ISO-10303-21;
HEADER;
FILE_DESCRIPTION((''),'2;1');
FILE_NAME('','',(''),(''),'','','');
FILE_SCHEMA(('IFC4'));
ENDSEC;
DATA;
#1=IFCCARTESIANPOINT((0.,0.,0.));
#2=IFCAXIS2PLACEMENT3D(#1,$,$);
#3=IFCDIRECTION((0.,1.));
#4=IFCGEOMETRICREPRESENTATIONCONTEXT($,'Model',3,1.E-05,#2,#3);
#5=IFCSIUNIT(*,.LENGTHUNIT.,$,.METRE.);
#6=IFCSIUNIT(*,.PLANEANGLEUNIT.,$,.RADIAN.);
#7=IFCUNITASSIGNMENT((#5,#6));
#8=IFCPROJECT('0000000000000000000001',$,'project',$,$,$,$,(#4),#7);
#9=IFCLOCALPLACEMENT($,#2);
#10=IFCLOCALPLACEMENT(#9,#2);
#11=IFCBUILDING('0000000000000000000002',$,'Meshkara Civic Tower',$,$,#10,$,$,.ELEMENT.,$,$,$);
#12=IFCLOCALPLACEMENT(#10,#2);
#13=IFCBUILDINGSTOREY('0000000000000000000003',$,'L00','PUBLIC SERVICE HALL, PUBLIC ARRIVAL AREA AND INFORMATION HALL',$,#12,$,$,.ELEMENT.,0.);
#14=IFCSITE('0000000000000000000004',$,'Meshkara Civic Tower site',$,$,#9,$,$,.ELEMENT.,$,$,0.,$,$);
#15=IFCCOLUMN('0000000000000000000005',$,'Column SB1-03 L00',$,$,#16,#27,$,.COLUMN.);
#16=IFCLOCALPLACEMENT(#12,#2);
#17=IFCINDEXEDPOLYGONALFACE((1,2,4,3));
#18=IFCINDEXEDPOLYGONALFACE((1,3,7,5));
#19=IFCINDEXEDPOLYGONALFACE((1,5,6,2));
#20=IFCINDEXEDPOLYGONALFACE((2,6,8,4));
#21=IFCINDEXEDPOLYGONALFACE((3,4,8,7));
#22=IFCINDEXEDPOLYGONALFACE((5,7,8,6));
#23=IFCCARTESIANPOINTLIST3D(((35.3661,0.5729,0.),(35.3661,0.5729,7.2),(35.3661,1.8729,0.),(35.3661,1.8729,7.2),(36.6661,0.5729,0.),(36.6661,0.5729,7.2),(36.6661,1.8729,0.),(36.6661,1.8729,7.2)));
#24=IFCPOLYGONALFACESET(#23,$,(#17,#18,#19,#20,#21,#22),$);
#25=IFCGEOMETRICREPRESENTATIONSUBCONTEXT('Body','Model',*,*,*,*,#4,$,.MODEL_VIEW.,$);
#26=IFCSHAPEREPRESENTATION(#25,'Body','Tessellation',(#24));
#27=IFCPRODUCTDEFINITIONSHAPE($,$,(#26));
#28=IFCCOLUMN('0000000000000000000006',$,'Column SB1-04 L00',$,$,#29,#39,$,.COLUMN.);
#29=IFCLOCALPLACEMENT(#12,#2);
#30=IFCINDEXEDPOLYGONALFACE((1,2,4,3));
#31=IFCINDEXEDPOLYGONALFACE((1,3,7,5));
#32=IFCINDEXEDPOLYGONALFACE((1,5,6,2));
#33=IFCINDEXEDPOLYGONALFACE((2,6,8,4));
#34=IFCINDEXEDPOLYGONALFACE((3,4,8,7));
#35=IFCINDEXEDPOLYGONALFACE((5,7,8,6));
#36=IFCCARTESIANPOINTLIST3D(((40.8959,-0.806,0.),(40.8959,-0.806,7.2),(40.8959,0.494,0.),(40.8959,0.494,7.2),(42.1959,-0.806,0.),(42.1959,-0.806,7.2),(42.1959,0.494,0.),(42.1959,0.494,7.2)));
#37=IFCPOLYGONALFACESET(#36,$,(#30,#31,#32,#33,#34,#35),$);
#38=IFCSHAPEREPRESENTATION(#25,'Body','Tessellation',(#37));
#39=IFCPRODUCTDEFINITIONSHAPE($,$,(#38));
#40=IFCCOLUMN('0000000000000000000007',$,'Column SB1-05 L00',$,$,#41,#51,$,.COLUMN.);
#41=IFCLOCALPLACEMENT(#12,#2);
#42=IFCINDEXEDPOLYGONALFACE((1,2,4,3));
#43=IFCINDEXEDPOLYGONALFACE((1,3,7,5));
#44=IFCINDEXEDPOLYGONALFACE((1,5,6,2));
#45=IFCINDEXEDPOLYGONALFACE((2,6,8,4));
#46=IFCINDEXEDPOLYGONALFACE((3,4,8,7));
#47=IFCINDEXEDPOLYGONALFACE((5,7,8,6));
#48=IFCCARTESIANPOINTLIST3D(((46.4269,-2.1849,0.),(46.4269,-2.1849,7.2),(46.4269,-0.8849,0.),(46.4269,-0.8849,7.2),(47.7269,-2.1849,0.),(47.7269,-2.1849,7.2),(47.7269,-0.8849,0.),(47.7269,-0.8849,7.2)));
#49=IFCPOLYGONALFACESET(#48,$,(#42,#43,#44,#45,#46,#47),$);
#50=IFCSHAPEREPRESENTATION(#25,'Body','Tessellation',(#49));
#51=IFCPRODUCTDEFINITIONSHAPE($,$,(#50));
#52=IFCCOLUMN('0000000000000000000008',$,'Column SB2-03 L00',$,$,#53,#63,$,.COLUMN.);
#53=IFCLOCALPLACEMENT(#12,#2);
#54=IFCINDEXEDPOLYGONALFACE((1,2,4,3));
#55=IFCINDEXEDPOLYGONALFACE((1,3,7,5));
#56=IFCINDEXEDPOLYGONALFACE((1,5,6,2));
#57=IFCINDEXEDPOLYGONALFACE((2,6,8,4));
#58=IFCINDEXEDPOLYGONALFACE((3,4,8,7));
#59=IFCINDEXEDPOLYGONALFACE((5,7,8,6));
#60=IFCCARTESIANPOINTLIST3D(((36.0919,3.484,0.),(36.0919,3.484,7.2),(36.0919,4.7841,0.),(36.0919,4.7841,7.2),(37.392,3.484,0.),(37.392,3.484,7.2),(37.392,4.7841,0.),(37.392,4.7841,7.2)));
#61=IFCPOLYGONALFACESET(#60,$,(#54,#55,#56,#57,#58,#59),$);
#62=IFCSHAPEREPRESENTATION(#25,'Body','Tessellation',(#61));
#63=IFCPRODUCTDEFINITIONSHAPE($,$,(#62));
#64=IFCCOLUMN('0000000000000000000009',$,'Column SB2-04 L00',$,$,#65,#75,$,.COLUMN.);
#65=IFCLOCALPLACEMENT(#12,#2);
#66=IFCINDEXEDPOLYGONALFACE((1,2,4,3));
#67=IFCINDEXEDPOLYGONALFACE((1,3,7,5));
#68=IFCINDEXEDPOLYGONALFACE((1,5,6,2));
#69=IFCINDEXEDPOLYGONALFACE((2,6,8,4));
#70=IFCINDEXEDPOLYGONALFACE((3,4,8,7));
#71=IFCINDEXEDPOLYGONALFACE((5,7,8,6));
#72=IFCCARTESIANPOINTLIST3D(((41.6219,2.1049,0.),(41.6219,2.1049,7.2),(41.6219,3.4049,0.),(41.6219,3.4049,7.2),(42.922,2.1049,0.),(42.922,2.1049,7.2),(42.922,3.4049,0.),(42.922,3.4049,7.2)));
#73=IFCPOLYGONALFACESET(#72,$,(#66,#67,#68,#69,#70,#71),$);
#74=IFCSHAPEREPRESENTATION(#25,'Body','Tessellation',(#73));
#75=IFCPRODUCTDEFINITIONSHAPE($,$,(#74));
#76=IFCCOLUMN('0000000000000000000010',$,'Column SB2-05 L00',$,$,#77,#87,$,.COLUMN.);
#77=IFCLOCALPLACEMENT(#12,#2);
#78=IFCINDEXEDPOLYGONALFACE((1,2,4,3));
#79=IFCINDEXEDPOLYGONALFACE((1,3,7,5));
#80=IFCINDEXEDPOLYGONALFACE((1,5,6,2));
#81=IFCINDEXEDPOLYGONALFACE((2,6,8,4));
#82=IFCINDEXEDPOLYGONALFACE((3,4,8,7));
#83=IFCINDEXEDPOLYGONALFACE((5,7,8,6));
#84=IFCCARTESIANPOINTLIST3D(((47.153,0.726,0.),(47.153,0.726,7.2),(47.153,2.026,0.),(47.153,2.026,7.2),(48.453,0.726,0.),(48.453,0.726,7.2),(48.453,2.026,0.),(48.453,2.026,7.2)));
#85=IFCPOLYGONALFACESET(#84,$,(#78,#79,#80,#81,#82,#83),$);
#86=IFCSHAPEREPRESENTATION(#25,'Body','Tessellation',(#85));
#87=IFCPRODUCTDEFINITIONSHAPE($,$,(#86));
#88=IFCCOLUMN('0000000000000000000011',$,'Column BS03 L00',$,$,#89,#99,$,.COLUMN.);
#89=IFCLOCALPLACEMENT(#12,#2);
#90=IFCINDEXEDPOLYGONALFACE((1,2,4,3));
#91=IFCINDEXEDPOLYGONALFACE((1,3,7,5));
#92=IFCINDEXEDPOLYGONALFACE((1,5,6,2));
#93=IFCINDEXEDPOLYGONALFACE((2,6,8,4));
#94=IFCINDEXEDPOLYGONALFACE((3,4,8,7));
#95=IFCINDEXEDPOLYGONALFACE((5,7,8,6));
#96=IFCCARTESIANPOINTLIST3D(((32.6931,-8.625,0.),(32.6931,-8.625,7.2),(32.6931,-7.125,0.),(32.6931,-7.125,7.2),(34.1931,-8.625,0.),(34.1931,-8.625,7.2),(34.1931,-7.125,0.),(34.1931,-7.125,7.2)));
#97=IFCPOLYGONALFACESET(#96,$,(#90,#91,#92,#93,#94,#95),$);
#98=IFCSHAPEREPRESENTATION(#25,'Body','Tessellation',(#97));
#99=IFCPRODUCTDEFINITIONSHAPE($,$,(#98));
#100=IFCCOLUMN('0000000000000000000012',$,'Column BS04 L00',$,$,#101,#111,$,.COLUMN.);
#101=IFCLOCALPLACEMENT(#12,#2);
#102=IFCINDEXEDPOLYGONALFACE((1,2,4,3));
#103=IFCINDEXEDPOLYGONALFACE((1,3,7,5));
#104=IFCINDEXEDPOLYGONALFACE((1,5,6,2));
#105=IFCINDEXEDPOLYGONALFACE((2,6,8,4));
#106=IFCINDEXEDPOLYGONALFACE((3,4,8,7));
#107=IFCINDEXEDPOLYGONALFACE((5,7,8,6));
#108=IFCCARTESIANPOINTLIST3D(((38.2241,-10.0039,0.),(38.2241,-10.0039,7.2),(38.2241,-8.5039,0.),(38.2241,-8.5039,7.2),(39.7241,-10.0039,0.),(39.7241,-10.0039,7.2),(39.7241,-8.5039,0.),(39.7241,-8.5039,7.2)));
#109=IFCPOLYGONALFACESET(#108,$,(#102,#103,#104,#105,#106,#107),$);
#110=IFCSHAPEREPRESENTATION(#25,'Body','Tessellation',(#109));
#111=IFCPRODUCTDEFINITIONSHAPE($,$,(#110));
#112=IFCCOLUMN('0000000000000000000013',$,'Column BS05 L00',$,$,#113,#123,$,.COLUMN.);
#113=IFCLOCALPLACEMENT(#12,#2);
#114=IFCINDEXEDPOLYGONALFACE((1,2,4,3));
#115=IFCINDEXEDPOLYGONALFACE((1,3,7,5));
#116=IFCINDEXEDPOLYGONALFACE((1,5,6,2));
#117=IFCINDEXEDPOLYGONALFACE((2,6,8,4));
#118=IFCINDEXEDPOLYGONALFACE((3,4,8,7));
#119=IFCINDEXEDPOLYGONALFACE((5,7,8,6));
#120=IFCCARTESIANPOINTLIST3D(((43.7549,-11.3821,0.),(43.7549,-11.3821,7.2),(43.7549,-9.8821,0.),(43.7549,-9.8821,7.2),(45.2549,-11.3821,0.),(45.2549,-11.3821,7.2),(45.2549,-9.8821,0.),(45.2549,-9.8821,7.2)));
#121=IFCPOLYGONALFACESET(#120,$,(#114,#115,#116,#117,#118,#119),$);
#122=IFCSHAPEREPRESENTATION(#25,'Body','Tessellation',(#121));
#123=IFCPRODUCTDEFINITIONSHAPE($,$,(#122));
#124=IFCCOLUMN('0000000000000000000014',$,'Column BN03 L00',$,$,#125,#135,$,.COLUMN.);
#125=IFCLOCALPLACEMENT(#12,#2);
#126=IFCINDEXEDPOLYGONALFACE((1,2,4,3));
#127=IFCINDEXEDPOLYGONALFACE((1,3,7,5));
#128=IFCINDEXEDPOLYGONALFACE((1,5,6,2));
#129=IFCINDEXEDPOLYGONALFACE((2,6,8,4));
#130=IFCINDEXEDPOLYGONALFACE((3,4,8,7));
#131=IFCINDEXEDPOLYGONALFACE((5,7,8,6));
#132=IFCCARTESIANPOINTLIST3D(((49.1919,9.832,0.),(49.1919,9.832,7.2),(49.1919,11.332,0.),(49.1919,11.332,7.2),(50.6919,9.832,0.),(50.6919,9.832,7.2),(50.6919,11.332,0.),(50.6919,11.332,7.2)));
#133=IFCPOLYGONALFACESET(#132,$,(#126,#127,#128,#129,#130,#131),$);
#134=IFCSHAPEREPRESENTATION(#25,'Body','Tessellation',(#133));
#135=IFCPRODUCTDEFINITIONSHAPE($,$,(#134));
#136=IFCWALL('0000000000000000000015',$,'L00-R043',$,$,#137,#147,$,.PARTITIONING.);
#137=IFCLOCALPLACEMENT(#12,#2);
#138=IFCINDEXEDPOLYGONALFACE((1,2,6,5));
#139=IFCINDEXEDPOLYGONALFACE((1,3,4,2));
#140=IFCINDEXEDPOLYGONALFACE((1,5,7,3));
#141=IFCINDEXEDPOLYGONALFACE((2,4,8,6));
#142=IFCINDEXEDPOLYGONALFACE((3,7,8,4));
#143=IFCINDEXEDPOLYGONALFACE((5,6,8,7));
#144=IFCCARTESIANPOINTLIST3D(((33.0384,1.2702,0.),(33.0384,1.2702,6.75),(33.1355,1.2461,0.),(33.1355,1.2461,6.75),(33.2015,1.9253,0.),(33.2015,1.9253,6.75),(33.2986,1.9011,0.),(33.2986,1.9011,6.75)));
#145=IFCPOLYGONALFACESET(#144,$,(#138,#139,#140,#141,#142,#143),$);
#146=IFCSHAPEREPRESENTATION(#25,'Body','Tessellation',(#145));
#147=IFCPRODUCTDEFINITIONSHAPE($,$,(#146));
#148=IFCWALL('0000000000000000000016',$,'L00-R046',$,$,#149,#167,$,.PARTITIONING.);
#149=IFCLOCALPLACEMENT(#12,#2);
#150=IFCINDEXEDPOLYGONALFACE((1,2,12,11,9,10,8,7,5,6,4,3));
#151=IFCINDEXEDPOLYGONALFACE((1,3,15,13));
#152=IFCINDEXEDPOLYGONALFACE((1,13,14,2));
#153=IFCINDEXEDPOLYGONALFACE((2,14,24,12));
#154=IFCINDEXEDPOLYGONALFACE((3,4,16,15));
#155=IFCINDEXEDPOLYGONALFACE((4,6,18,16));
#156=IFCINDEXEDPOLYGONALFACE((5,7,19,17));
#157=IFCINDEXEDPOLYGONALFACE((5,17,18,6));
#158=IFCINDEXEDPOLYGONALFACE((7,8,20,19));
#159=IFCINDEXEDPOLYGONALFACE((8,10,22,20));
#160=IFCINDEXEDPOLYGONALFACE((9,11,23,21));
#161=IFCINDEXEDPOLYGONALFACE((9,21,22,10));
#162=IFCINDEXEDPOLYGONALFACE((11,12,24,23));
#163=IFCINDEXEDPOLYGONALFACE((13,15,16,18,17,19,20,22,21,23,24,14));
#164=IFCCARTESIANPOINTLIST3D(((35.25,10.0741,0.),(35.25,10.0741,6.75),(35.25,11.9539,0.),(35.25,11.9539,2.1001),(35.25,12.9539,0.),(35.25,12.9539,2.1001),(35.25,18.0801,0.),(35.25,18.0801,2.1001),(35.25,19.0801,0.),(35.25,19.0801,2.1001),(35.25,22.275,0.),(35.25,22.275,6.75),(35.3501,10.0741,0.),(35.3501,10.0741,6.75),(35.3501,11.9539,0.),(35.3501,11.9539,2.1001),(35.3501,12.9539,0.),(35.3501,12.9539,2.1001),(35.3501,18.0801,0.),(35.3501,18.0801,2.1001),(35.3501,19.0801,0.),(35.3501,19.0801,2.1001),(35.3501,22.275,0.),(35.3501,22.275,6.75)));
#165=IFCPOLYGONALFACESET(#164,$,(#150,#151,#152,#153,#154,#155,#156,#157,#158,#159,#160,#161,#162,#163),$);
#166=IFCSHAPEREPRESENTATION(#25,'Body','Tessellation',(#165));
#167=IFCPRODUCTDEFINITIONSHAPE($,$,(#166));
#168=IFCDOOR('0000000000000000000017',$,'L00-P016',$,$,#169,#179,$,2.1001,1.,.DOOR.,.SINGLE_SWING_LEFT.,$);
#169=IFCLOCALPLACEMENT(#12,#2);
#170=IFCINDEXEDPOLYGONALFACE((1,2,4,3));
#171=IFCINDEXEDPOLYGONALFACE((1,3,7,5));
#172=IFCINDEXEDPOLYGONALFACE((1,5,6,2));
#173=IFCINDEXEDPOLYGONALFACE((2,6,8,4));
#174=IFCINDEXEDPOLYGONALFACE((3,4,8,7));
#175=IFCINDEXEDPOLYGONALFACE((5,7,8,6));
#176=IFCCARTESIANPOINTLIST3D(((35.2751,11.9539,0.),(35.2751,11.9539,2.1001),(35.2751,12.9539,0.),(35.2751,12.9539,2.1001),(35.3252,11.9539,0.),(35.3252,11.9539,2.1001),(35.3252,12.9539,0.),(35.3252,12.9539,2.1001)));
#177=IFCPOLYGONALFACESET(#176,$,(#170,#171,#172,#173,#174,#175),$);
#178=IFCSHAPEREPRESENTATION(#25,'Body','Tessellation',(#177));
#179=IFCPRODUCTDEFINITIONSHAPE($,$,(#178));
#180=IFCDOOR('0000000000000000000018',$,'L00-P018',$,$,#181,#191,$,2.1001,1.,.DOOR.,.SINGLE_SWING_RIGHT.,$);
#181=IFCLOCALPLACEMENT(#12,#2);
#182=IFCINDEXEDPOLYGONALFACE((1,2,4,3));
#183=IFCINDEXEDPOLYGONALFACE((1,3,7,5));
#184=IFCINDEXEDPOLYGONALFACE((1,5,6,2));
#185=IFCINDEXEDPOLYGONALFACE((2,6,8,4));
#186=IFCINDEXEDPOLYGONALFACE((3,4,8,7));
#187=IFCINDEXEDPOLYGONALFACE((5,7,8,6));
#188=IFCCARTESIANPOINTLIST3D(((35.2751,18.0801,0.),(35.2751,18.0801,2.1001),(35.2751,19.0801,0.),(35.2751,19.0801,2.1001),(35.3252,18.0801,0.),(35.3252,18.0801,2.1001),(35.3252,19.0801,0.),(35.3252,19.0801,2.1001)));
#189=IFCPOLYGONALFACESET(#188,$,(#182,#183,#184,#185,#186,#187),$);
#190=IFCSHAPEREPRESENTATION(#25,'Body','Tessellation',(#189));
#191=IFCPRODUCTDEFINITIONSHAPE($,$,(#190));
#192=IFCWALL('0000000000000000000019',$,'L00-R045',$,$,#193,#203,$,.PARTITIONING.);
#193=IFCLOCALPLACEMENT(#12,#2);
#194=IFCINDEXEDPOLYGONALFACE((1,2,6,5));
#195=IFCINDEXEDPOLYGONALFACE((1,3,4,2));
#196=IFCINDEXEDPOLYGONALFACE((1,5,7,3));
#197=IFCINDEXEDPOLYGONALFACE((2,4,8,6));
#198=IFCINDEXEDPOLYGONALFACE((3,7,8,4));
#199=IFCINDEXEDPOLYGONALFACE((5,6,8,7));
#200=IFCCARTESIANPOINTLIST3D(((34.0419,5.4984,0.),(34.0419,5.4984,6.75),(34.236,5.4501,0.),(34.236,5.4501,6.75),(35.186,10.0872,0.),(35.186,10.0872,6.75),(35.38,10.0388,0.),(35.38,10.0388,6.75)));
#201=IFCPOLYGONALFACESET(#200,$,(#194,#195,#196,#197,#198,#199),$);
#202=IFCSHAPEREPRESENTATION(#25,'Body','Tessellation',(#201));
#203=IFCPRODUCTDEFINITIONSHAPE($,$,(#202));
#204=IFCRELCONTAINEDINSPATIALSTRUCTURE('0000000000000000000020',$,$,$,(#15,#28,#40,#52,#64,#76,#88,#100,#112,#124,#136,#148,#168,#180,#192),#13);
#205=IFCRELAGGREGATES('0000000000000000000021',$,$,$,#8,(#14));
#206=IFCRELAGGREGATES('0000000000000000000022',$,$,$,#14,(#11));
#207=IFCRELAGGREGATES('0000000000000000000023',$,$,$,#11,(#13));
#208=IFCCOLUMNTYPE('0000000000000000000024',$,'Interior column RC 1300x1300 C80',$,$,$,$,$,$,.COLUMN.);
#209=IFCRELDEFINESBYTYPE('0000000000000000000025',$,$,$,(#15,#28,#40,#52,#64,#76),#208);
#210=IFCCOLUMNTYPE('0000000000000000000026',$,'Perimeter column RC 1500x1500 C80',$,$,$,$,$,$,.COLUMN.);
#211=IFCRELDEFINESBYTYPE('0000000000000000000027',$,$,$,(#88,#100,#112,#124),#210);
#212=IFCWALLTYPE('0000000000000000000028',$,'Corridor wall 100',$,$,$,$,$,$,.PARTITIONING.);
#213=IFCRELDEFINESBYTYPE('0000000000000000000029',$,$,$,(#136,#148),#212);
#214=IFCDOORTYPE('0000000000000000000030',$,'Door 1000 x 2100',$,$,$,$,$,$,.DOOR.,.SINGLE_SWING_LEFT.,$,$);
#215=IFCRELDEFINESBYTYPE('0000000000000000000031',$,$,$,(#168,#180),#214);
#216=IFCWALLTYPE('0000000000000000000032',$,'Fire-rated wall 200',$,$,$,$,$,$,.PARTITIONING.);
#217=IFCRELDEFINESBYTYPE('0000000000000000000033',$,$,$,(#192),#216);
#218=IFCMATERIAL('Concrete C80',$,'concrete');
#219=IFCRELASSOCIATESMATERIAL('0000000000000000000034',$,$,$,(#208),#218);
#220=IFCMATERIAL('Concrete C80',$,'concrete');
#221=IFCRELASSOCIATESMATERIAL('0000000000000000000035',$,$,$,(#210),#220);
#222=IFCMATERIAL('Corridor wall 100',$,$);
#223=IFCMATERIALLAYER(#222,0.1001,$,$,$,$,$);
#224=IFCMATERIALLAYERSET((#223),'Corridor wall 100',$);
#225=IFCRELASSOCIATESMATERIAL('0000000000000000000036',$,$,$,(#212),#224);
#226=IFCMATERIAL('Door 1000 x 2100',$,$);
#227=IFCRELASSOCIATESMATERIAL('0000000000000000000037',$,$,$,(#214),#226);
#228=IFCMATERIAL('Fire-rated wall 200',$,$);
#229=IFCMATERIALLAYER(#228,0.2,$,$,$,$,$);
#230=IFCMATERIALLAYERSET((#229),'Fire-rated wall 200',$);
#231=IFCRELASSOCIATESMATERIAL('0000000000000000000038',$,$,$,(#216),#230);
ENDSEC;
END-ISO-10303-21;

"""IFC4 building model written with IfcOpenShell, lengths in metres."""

from ifc_helpers import new_model, si_unit, direction, frame, frame_2d, origin, origin_2d, place, context, subcontext, project, spatial, rectangle, extrude, material, layer, layer_set, material_profile, profile_set, type_object, element, fill, save


model = new_model("IFC4")

# Units and contexts
model_context = context("Model", 3, precision=1e-05, world=origin(), true_north=direction((0.0, 1.0)))
body_context = subcontext(model_context, "Body", "Model", "MODEL_VIEW")
ifc_project = project(units=[si_unit("LENGTHUNIT", "METRE"), si_unit("PLANEANGLEUNIT", "RADIAN")], contexts=[model_context])

# Site, building, storey
site_placement = place(None, origin())
site = spatial("IfcSite", under=ifc_project, at=site_placement, Name="Meshkara Civic Tower site", CompositionType="ELEMENT", RefElevation=0.0)
building_placement = place(site_placement, origin())
building = spatial("IfcBuilding", under=site, at=building_placement, Name="Meshkara Civic Tower", CompositionType="ELEMENT")
storey_placement = place(building_placement, origin())
storey = spatial("IfcBuildingStorey", under=building, at=storey_placement, Name="L00", Description="PUBLIC SERVICE HALL, PUBLIC ARRIVAL AREA AND INFORMATION HALL", CompositionType="ELEMENT", Elevation=0.0)

# Columns
ifc_material_1 = material(Name="Concrete C80", Category="concrete")
ifc_material_profile_1 = material_profile(ifc_material_1, rectangle(XDim=1.3, YDim=1.3, at=origin_2d()))
ifc_profile_set_1 = profile_set([ifc_material_profile_1], Name="Concrete C80")
column_type_1 = type_object("IfcColumnType", Name="Interior column RC 1300x1300 C80", PredefinedType="COLUMN", material=ifc_profile_set_1)
for number, where, z_axis, x_axis, name in (
    (1, (36.0161, 1.2229, 0.0), (0.0, 0.0, 1.0), (1.0, 0.0, 0.0), "Column SB1-03 L00"),
    (2, (41.5459, -0.156, 0.0), (0.0, 0.0, 1.0), (1.0, 0.0, 0.0), "Column SB1-04 L00"),
    (3, (47.0769, -1.5349, 0.0), (0.0, 0.0, 1.0), (1.0, 0.0, 0.0), "Column SB1-05 L00"),
    (4, (36.7419, 4.134, 0.0), (0.0, 0.0, 1.0), (1.0, 0.0, 0.0), "Column SB2-03 L00"),
    (5, (42.272, 2.7549, 0.0), (0.0, 0.0, 1.0), (1.0, 0.0, 0.0), "Column SB2-04 L00"),
    (6, (47.803, 1.376, 0.0), (0.0, 0.0, 1.0), (1.0, 0.0, 0.0), "Column SB2-05 L00"),
):
    element("IfcColumn", number, at=place(storey_placement, frame(where, z_axis=z_axis, x_axis=x_axis)), inside=storey, type_object=column_type_1, Name=name, PredefinedType="COLUMN", context=body_context, shape_type="SweptSolid", body=[
        extrude(rectangle(XDim=1.3, YDim=1.3, at=origin_2d()), origin(), (0.0, 0.0, 1.0), 7.2),
    ])
ifc_material_2 = material(Name="Concrete C80", Category="concrete")
ifc_material_profile_2 = material_profile(ifc_material_2, rectangle(XDim=1.5, YDim=1.5, at=origin_2d()))
ifc_profile_set_2 = profile_set([ifc_material_profile_2], Name="Concrete C80")
column_type_2 = type_object("IfcColumnType", Name="Perimeter column RC 1500x1500 C80", PredefinedType="COLUMN", material=ifc_profile_set_2)
for number, where, z_axis, x_axis, name in (
    (7, (33.4431, -7.875, 0.0), (0.0, 0.0, 1.0), (1.0, 0.0, 0.0), "Column BS03 L00"),
    (8, (38.9741, -9.2539, 0.0), (0.0, 0.0, 1.0), (1.0, 0.0, 0.0), "Column BS04 L00"),
    (9, (44.5049, -10.6321, 0.0), (0.0, 0.0, 1.0), (1.0, 0.0, 0.0), "Column BS05 L00"),
    (10, (49.9419, 10.582, 0.0), (0.0, 0.0, 1.0), (1.0, 0.0, 0.0), "Column BN03 L00"),
):
    element("IfcColumn", number, at=place(storey_placement, frame(where, z_axis=z_axis, x_axis=x_axis)), inside=storey, type_object=column_type_2, Name=name, PredefinedType="COLUMN", context=body_context, shape_type="SweptSolid", body=[
        extrude(rectangle(XDim=1.5, YDim=1.5, at=origin_2d()), origin(), (0.0, 0.0, 1.0), 7.2),
    ])

# Wall
ifc_material_3 = material(Name="Corridor wall 100")
ifc_layer_1 = layer(ifc_material_3, 0.1001)
ifc_layer_set_1 = layer_set([ifc_layer_1], Name="Corridor wall 100")
wall_type_1 = type_object("IfcWallType", Name="Corridor wall 100", PredefinedType="PARTITIONING", material=ifc_layer_set_1)
wall_1_placement = place(storey_placement, frame((33.25, 1.9131, 0.0), z_axis=(0.0, 0.0, 1.0), x_axis=(-0.241599, -0.970376, 0.0)))
element("IfcWall", 11, at=wall_1_placement, inside=storey, type_object=wall_type_1, Name="L00-R043", PredefinedType="PARTITIONING", context=body_context, shape_type="SweptSolid", body=[
    extrude(rectangle(XDim=0.675, YDim=0.1001, at=frame_2d((0.3374, 0.0))), origin(), (0.0, 0.0, 1.0), 6.75),
])

# Wall, openings, doors
wall_2_placement = place(storey_placement, frame((35.3, 10.074, 0.0), z_axis=(0.0, 0.0, 1.0), x_axis=(0.0, 1.0, 0.0)))
wall_2 = element("IfcWall", 12, at=wall_2_placement, inside=storey, type_object=wall_type_1, Name="L00-R046", PredefinedType="PARTITIONING", context=body_context, shape_type="SweptSolid", body=[
    extrude(rectangle(XDim=12.2009, YDim=0.1001, at=frame_2d((6.1006, 0.0))), origin(), (0.0, 0.0, 1.0), 6.75),
])
opening_1_placement = place(wall_2_placement, frame((1.8799, 0.0, 0.0)))
opening_1 = element("IfcOpeningElement", 13, at=opening_1_placement, cuts=wall_2, PredefinedType="OPENING", context=body_context, shape_type="SweptSolid", body=[
    extrude(rectangle(XDim=1.0, YDim=2.1001, at=frame_2d((0.5, 1.05))), frame((0.0, 0.0601, 0.0), z_axis=(0.0, -1.0, 0.0), x_axis=(1.0, 0.0, 0.0)), (0.0, 0.0, 1.0), 0.1201),
])
opening_2_placement = place(wall_2_placement, frame((8.0061, 0.0, 0.0)))
opening_2 = element("IfcOpeningElement", 14, at=opening_2_placement, cuts=wall_2, PredefinedType="OPENING", context=body_context, shape_type="SweptSolid", body=[
    extrude(rectangle(XDim=1.0, YDim=2.1001, at=frame_2d((0.5, 1.05))), frame((0.0, 0.0601, 0.0), z_axis=(0.0, -1.0, 0.0), x_axis=(1.0, 0.0, 0.0)), (0.0, 0.0, 1.0), 0.1201),
])
ifc_material_4 = material(Name="Door 1000 x 2100")
door_type = type_object("IfcDoorType", Name="Door 1000 x 2100", OperationType="SINGLE_SWING_LEFT", PredefinedType="DOOR", material=ifc_material_4)
door_1_placement = place(opening_1_placement, origin())
door_1 = element("IfcDoor", 15, at=door_1_placement, inside=storey, type_object=door_type, Name="L00-P016", OperationType="SINGLE_SWING_LEFT", OverallHeight=2.1001, OverallWidth=1.0, PredefinedType="DOOR", context=body_context, shape_type="SweptSolid", body=[
    extrude(rectangle(XDim=1.0, YDim=2.1001, at=frame_2d((0.5, 1.05))), frame((0.0, 0.0249, 0.0), z_axis=(0.0, -1.0, 0.0), x_axis=(1.0, 0.0, 0.0)), (0.0, 0.0, 1.0), 0.05),
])
fill(opening_1, door_1)
door_2_placement = place(opening_2_placement, origin())
door_2 = element("IfcDoor", 16, at=door_2_placement, inside=storey, type_object=door_type, Name="L00-P018", OperationType="SINGLE_SWING_RIGHT", OverallHeight=2.1001, OverallWidth=1.0, PredefinedType="DOOR", context=body_context, shape_type="SweptSolid", body=[
    extrude(rectangle(XDim=1.0, YDim=2.1001, at=frame_2d((0.5, 1.05))), frame((0.0, 0.0249, 0.0), z_axis=(0.0, -1.0, 0.0), x_axis=(1.0, 0.0, 0.0)), (0.0, 0.0, 1.0), 0.05),
])
fill(opening_2, door_2)

# Wall
ifc_material_5 = material(Name="Fire-rated wall 200")
ifc_layer_2 = layer(ifc_material_5, 0.2)
ifc_layer_set_2 = layer_set([ifc_layer_2], Name="Fire-rated wall 200")
wall_type_2 = type_object("IfcWallType", Name="Fire-rated wall 200", PredefinedType="PARTITIONING", material=ifc_layer_set_2)
wall_3_placement = place(storey_placement, frame((34.1389, 5.4741, 0.0), z_axis=(0.0, 0.0, 1.0), x_axis=(0.241904, 0.9703, 0.0)))
element("IfcWall", 17, at=wall_3_placement, inside=storey, type_object=wall_type_2, Name="L00-R045", PredefinedType="PARTITIONING", context=body_context, shape_type="SweptSolid", body=[
    extrude(rectangle(XDim=4.7292, YDim=0.2, at=frame_2d((2.3647, 0.0))), origin(), (0.0, 0.0, 1.0), 6.75),
])

save(model, "model.ifc")
